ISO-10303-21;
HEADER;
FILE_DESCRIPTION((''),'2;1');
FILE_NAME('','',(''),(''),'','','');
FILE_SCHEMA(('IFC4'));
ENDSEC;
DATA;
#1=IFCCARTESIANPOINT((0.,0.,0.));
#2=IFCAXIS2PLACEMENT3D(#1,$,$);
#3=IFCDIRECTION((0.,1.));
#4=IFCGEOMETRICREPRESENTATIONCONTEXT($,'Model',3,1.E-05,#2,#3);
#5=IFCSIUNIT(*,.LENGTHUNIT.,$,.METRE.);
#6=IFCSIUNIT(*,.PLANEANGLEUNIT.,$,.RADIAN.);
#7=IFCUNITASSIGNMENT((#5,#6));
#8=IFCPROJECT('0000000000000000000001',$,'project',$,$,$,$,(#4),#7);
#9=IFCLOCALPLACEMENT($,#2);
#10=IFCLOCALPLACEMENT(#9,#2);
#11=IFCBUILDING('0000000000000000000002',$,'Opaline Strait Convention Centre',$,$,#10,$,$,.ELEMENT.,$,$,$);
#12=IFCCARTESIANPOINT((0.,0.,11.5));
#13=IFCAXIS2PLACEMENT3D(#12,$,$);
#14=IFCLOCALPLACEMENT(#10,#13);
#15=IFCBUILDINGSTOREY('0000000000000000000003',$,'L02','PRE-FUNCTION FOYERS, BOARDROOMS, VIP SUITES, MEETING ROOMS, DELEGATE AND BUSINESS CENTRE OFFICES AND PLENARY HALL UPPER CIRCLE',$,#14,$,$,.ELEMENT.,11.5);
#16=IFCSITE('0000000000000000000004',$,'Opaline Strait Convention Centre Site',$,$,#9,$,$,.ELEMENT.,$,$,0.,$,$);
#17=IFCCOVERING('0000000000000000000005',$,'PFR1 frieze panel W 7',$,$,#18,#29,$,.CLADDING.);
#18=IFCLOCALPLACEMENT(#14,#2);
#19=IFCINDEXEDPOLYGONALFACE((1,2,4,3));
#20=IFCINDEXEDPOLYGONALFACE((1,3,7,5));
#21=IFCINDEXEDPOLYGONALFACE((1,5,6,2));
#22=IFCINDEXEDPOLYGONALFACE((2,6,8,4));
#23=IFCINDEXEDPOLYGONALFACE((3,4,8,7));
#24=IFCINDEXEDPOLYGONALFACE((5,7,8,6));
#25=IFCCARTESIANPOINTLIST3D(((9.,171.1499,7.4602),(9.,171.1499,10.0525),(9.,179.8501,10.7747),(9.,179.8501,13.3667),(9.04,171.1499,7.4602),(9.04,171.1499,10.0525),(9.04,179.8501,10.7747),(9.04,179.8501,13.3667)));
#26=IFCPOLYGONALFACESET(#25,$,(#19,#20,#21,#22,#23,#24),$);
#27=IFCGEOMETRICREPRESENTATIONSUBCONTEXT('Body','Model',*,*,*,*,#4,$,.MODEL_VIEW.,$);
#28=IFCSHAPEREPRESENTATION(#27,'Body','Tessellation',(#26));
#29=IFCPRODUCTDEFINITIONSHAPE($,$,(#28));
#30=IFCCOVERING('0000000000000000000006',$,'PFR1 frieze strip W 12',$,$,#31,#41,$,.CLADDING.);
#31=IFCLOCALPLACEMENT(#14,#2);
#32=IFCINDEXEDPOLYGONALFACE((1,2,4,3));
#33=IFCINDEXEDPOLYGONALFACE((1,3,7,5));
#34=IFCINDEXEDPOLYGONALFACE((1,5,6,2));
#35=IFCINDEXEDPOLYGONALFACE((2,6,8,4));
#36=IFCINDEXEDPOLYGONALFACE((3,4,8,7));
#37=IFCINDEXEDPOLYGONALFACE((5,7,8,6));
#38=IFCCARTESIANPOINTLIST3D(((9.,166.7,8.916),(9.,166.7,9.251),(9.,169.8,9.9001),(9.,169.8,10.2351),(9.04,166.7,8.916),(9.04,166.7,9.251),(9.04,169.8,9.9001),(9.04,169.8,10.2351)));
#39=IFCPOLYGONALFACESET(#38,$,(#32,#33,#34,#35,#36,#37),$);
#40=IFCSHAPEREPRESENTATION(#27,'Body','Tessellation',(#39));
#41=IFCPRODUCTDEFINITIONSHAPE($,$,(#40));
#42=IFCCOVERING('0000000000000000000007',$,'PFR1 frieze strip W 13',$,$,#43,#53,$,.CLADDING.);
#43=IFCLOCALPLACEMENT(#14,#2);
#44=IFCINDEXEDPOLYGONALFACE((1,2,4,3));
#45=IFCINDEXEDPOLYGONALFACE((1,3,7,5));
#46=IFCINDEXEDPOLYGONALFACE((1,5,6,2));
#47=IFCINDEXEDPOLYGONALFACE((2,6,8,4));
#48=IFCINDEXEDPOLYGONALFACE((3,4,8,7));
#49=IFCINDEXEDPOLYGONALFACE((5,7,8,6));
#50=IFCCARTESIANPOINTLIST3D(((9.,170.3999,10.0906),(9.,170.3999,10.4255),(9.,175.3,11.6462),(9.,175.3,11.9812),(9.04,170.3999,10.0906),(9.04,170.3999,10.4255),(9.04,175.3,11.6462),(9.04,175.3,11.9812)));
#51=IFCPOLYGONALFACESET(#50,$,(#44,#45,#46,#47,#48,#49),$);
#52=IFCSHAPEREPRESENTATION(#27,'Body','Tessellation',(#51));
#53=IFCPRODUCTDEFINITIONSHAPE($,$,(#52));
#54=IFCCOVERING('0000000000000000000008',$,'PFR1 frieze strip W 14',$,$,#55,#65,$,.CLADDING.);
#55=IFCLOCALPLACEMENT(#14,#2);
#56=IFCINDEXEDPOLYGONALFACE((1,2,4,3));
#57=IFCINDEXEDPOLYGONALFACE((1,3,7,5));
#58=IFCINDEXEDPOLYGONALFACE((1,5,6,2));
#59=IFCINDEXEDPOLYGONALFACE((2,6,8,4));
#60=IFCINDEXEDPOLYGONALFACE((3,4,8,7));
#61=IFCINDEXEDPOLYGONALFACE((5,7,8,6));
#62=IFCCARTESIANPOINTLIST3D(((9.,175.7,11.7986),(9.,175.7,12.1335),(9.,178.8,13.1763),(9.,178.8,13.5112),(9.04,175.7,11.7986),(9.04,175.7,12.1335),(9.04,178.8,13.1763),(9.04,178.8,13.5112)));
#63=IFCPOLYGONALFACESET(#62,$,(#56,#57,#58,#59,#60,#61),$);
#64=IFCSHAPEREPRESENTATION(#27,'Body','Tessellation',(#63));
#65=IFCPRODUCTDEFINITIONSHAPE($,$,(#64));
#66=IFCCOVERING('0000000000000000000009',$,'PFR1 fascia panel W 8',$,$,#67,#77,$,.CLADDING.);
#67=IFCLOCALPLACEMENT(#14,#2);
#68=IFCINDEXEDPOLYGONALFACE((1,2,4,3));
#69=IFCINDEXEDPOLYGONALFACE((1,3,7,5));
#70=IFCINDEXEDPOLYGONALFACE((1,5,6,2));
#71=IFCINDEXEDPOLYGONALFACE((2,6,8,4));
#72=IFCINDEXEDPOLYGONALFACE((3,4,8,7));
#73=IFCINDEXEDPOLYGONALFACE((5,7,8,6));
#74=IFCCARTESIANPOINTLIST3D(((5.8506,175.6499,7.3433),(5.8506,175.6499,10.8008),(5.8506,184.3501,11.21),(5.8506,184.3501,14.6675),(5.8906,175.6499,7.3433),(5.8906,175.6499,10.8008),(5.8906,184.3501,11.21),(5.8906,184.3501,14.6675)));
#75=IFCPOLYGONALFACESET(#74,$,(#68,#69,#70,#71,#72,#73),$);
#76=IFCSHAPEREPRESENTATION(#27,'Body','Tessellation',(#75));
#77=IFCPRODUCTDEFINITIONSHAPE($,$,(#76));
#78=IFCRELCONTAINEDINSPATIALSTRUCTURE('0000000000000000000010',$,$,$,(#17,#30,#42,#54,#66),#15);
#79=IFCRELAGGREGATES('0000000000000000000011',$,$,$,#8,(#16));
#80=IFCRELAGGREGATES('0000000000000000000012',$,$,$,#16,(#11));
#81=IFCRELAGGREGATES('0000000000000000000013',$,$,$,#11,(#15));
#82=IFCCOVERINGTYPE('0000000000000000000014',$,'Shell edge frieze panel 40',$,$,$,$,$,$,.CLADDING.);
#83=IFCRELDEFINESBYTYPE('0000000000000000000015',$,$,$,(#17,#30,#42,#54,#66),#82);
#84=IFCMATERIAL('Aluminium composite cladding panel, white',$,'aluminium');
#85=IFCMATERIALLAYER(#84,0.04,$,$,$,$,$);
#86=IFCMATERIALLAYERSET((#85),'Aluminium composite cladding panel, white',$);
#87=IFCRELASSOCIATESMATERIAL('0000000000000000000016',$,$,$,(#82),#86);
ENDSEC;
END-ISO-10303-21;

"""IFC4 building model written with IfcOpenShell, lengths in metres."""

from ifc_helpers import new_model, si_unit, direction, frame, origin, place, context, subcontext, project, spatial, polyline, outline, extrude, material, layer, layer_set, type_object, element, save


model = new_model("IFC4")

# Units and contexts
model_context = context("Model", 3, precision=1e-05, world=origin(), true_north=direction((0.0, 1.0)))
body_context = subcontext(model_context, "Body", "Model", "MODEL_VIEW")
ifc_project = project(units=[si_unit("LENGTHUNIT", "METRE"), si_unit("PLANEANGLEUNIT", "RADIAN")], contexts=[model_context])

# Site, building, storey
site_placement = place(None, origin())
site = spatial("IfcSite", under=ifc_project, at=site_placement, Name="Opaline Strait Convention Centre Site", CompositionType="ELEMENT", RefElevation=0.0)
building_placement = place(site_placement, origin())
building = spatial("IfcBuilding", under=site, at=building_placement, Name="Opaline Strait Convention Centre", CompositionType="ELEMENT")
storey_placement = place(building_placement, frame((0.0, 0.0, 11.5)))
storey = spatial("IfcBuildingStorey", under=building, at=storey_placement, Name="L02", Description="PRE-FUNCTION FOYERS, BOARDROOMS, VIP SUITES, MEETING ROOMS, DELEGATE AND BUSINESS CENTRE OFFICES AND PLENARY HALL UPPER CIRCLE", CompositionType="ELEMENT", Elevation=11.5)

# Coverings
ifc_material_1 = material(Name="Aluminium composite cladding panel, white", Category="aluminium")
ifc_layer_1 = layer(ifc_material_1, 0.04)
ifc_layer_set_1 = layer_set([ifc_layer_1], Name="Aluminium composite cladding panel, white")
covering_type_1 = type_object("IfcCoveringType", Name="Shell edge frieze panel 40", PredefinedType="CLADDING", material=ifc_layer_set_1)
covering_1_placement = place(storey_placement, frame((9.0, 171.1499, 10.0525), z_axis=(-1.0, 0.0, 0.0), x_axis=(0.0, 0.934493, 0.355981)))
element("IfcCovering", 1, at=covering_1_placement, inside=storey, type_object=covering_type_1, Name="PFR1 frieze panel W 7", PredefinedType="CLADDING", context=body_context, shape_type="SweptSolid", body=[
    extrude(outline(polyline([(0.0, 0.0), (9.3101, 0.0), (8.3874, 2.4222), (-0.9228, 2.4225), (0.0, 0.0)])), origin(), (0.0, 0.0, -1.0), 0.04),
])
covering_2_placement = place(storey_placement, frame((9.0, 166.7, 9.251), z_axis=(-1.0, 0.0, 0.0), x_axis=(0.0, 0.953127, 0.302572)))
element("IfcCovering", 2, at=covering_2_placement, inside=storey, type_object=covering_type_1, Name="PFR1 frieze strip W 12", PredefinedType="CLADDING", context=body_context, shape_type="SweptSolid", body=[
    extrude(outline(polyline([(0.0, 0.0), (3.2526, 0.0), (3.1512, 0.3193), (-0.1013, 0.3193), (0.0, 0.0)])), origin(), (0.0, 0.0, -1.0), 0.04),
])
covering_3_placement = place(storey_placement, frame((9.0, 170.3999, 10.4255), z_axis=(-1.0, 0.0, 0.0), x_axis=(0.0, 0.953121, 0.30259)))
element("IfcCovering", 3, at=covering_3_placement, inside=storey, type_object=covering_type_1, Name="PFR1 frieze strip W 13", PredefinedType="CLADDING", context=body_context, shape_type="SweptSolid", body=[
    extrude(outline(polyline([(0.0, 0.0), (5.1412, 0.0), (5.0398, 0.3193), (-0.1014, 0.3193), (0.0, 0.0)])), origin(), (0.0, 0.0, -1.0), 0.04),
])
covering_4_placement = place(storey_placement, frame((9.0, 175.7, 12.1335), z_axis=(-1.0, 0.0, 0.0), x_axis=(0.0, 0.913826, 0.406105)))
element("IfcCovering", 4, at=covering_4_placement, inside=storey, type_object=covering_type_1, Name="PFR1 frieze strip W 14", PredefinedType="CLADDING", context=body_context, shape_type="SweptSolid", body=[
    extrude(outline(polyline([(0.0, 0.0), (3.3924, 0.0), (3.2564, 0.3061), (-0.136, 0.3061), (0.0, 0.0)])), origin(), (0.0, 0.0, -1.0), 0.04),
])
covering_5_placement = place(storey_placement, frame((5.8506, 175.6499, 10.8008), z_axis=(-1.0, 0.0, 0.0), x_axis=(0.0, 0.913814, 0.406134)))
element("IfcCovering", 5, at=covering_5_placement, inside=storey, type_object=covering_type_1, Name="PFR1 fascia panel W 8", PredefinedType="CLADDING", context=body_context, shape_type="SweptSolid", body=[
    extrude(outline(polyline([(0.0, 0.0), (9.5208, 0.0), (8.1165, 3.1595), (-1.4042, 3.1595), (0.0, 0.0)])), origin(), (0.0, 0.0, -1.0), 0.04),
])

save(model, "model.ifc")
